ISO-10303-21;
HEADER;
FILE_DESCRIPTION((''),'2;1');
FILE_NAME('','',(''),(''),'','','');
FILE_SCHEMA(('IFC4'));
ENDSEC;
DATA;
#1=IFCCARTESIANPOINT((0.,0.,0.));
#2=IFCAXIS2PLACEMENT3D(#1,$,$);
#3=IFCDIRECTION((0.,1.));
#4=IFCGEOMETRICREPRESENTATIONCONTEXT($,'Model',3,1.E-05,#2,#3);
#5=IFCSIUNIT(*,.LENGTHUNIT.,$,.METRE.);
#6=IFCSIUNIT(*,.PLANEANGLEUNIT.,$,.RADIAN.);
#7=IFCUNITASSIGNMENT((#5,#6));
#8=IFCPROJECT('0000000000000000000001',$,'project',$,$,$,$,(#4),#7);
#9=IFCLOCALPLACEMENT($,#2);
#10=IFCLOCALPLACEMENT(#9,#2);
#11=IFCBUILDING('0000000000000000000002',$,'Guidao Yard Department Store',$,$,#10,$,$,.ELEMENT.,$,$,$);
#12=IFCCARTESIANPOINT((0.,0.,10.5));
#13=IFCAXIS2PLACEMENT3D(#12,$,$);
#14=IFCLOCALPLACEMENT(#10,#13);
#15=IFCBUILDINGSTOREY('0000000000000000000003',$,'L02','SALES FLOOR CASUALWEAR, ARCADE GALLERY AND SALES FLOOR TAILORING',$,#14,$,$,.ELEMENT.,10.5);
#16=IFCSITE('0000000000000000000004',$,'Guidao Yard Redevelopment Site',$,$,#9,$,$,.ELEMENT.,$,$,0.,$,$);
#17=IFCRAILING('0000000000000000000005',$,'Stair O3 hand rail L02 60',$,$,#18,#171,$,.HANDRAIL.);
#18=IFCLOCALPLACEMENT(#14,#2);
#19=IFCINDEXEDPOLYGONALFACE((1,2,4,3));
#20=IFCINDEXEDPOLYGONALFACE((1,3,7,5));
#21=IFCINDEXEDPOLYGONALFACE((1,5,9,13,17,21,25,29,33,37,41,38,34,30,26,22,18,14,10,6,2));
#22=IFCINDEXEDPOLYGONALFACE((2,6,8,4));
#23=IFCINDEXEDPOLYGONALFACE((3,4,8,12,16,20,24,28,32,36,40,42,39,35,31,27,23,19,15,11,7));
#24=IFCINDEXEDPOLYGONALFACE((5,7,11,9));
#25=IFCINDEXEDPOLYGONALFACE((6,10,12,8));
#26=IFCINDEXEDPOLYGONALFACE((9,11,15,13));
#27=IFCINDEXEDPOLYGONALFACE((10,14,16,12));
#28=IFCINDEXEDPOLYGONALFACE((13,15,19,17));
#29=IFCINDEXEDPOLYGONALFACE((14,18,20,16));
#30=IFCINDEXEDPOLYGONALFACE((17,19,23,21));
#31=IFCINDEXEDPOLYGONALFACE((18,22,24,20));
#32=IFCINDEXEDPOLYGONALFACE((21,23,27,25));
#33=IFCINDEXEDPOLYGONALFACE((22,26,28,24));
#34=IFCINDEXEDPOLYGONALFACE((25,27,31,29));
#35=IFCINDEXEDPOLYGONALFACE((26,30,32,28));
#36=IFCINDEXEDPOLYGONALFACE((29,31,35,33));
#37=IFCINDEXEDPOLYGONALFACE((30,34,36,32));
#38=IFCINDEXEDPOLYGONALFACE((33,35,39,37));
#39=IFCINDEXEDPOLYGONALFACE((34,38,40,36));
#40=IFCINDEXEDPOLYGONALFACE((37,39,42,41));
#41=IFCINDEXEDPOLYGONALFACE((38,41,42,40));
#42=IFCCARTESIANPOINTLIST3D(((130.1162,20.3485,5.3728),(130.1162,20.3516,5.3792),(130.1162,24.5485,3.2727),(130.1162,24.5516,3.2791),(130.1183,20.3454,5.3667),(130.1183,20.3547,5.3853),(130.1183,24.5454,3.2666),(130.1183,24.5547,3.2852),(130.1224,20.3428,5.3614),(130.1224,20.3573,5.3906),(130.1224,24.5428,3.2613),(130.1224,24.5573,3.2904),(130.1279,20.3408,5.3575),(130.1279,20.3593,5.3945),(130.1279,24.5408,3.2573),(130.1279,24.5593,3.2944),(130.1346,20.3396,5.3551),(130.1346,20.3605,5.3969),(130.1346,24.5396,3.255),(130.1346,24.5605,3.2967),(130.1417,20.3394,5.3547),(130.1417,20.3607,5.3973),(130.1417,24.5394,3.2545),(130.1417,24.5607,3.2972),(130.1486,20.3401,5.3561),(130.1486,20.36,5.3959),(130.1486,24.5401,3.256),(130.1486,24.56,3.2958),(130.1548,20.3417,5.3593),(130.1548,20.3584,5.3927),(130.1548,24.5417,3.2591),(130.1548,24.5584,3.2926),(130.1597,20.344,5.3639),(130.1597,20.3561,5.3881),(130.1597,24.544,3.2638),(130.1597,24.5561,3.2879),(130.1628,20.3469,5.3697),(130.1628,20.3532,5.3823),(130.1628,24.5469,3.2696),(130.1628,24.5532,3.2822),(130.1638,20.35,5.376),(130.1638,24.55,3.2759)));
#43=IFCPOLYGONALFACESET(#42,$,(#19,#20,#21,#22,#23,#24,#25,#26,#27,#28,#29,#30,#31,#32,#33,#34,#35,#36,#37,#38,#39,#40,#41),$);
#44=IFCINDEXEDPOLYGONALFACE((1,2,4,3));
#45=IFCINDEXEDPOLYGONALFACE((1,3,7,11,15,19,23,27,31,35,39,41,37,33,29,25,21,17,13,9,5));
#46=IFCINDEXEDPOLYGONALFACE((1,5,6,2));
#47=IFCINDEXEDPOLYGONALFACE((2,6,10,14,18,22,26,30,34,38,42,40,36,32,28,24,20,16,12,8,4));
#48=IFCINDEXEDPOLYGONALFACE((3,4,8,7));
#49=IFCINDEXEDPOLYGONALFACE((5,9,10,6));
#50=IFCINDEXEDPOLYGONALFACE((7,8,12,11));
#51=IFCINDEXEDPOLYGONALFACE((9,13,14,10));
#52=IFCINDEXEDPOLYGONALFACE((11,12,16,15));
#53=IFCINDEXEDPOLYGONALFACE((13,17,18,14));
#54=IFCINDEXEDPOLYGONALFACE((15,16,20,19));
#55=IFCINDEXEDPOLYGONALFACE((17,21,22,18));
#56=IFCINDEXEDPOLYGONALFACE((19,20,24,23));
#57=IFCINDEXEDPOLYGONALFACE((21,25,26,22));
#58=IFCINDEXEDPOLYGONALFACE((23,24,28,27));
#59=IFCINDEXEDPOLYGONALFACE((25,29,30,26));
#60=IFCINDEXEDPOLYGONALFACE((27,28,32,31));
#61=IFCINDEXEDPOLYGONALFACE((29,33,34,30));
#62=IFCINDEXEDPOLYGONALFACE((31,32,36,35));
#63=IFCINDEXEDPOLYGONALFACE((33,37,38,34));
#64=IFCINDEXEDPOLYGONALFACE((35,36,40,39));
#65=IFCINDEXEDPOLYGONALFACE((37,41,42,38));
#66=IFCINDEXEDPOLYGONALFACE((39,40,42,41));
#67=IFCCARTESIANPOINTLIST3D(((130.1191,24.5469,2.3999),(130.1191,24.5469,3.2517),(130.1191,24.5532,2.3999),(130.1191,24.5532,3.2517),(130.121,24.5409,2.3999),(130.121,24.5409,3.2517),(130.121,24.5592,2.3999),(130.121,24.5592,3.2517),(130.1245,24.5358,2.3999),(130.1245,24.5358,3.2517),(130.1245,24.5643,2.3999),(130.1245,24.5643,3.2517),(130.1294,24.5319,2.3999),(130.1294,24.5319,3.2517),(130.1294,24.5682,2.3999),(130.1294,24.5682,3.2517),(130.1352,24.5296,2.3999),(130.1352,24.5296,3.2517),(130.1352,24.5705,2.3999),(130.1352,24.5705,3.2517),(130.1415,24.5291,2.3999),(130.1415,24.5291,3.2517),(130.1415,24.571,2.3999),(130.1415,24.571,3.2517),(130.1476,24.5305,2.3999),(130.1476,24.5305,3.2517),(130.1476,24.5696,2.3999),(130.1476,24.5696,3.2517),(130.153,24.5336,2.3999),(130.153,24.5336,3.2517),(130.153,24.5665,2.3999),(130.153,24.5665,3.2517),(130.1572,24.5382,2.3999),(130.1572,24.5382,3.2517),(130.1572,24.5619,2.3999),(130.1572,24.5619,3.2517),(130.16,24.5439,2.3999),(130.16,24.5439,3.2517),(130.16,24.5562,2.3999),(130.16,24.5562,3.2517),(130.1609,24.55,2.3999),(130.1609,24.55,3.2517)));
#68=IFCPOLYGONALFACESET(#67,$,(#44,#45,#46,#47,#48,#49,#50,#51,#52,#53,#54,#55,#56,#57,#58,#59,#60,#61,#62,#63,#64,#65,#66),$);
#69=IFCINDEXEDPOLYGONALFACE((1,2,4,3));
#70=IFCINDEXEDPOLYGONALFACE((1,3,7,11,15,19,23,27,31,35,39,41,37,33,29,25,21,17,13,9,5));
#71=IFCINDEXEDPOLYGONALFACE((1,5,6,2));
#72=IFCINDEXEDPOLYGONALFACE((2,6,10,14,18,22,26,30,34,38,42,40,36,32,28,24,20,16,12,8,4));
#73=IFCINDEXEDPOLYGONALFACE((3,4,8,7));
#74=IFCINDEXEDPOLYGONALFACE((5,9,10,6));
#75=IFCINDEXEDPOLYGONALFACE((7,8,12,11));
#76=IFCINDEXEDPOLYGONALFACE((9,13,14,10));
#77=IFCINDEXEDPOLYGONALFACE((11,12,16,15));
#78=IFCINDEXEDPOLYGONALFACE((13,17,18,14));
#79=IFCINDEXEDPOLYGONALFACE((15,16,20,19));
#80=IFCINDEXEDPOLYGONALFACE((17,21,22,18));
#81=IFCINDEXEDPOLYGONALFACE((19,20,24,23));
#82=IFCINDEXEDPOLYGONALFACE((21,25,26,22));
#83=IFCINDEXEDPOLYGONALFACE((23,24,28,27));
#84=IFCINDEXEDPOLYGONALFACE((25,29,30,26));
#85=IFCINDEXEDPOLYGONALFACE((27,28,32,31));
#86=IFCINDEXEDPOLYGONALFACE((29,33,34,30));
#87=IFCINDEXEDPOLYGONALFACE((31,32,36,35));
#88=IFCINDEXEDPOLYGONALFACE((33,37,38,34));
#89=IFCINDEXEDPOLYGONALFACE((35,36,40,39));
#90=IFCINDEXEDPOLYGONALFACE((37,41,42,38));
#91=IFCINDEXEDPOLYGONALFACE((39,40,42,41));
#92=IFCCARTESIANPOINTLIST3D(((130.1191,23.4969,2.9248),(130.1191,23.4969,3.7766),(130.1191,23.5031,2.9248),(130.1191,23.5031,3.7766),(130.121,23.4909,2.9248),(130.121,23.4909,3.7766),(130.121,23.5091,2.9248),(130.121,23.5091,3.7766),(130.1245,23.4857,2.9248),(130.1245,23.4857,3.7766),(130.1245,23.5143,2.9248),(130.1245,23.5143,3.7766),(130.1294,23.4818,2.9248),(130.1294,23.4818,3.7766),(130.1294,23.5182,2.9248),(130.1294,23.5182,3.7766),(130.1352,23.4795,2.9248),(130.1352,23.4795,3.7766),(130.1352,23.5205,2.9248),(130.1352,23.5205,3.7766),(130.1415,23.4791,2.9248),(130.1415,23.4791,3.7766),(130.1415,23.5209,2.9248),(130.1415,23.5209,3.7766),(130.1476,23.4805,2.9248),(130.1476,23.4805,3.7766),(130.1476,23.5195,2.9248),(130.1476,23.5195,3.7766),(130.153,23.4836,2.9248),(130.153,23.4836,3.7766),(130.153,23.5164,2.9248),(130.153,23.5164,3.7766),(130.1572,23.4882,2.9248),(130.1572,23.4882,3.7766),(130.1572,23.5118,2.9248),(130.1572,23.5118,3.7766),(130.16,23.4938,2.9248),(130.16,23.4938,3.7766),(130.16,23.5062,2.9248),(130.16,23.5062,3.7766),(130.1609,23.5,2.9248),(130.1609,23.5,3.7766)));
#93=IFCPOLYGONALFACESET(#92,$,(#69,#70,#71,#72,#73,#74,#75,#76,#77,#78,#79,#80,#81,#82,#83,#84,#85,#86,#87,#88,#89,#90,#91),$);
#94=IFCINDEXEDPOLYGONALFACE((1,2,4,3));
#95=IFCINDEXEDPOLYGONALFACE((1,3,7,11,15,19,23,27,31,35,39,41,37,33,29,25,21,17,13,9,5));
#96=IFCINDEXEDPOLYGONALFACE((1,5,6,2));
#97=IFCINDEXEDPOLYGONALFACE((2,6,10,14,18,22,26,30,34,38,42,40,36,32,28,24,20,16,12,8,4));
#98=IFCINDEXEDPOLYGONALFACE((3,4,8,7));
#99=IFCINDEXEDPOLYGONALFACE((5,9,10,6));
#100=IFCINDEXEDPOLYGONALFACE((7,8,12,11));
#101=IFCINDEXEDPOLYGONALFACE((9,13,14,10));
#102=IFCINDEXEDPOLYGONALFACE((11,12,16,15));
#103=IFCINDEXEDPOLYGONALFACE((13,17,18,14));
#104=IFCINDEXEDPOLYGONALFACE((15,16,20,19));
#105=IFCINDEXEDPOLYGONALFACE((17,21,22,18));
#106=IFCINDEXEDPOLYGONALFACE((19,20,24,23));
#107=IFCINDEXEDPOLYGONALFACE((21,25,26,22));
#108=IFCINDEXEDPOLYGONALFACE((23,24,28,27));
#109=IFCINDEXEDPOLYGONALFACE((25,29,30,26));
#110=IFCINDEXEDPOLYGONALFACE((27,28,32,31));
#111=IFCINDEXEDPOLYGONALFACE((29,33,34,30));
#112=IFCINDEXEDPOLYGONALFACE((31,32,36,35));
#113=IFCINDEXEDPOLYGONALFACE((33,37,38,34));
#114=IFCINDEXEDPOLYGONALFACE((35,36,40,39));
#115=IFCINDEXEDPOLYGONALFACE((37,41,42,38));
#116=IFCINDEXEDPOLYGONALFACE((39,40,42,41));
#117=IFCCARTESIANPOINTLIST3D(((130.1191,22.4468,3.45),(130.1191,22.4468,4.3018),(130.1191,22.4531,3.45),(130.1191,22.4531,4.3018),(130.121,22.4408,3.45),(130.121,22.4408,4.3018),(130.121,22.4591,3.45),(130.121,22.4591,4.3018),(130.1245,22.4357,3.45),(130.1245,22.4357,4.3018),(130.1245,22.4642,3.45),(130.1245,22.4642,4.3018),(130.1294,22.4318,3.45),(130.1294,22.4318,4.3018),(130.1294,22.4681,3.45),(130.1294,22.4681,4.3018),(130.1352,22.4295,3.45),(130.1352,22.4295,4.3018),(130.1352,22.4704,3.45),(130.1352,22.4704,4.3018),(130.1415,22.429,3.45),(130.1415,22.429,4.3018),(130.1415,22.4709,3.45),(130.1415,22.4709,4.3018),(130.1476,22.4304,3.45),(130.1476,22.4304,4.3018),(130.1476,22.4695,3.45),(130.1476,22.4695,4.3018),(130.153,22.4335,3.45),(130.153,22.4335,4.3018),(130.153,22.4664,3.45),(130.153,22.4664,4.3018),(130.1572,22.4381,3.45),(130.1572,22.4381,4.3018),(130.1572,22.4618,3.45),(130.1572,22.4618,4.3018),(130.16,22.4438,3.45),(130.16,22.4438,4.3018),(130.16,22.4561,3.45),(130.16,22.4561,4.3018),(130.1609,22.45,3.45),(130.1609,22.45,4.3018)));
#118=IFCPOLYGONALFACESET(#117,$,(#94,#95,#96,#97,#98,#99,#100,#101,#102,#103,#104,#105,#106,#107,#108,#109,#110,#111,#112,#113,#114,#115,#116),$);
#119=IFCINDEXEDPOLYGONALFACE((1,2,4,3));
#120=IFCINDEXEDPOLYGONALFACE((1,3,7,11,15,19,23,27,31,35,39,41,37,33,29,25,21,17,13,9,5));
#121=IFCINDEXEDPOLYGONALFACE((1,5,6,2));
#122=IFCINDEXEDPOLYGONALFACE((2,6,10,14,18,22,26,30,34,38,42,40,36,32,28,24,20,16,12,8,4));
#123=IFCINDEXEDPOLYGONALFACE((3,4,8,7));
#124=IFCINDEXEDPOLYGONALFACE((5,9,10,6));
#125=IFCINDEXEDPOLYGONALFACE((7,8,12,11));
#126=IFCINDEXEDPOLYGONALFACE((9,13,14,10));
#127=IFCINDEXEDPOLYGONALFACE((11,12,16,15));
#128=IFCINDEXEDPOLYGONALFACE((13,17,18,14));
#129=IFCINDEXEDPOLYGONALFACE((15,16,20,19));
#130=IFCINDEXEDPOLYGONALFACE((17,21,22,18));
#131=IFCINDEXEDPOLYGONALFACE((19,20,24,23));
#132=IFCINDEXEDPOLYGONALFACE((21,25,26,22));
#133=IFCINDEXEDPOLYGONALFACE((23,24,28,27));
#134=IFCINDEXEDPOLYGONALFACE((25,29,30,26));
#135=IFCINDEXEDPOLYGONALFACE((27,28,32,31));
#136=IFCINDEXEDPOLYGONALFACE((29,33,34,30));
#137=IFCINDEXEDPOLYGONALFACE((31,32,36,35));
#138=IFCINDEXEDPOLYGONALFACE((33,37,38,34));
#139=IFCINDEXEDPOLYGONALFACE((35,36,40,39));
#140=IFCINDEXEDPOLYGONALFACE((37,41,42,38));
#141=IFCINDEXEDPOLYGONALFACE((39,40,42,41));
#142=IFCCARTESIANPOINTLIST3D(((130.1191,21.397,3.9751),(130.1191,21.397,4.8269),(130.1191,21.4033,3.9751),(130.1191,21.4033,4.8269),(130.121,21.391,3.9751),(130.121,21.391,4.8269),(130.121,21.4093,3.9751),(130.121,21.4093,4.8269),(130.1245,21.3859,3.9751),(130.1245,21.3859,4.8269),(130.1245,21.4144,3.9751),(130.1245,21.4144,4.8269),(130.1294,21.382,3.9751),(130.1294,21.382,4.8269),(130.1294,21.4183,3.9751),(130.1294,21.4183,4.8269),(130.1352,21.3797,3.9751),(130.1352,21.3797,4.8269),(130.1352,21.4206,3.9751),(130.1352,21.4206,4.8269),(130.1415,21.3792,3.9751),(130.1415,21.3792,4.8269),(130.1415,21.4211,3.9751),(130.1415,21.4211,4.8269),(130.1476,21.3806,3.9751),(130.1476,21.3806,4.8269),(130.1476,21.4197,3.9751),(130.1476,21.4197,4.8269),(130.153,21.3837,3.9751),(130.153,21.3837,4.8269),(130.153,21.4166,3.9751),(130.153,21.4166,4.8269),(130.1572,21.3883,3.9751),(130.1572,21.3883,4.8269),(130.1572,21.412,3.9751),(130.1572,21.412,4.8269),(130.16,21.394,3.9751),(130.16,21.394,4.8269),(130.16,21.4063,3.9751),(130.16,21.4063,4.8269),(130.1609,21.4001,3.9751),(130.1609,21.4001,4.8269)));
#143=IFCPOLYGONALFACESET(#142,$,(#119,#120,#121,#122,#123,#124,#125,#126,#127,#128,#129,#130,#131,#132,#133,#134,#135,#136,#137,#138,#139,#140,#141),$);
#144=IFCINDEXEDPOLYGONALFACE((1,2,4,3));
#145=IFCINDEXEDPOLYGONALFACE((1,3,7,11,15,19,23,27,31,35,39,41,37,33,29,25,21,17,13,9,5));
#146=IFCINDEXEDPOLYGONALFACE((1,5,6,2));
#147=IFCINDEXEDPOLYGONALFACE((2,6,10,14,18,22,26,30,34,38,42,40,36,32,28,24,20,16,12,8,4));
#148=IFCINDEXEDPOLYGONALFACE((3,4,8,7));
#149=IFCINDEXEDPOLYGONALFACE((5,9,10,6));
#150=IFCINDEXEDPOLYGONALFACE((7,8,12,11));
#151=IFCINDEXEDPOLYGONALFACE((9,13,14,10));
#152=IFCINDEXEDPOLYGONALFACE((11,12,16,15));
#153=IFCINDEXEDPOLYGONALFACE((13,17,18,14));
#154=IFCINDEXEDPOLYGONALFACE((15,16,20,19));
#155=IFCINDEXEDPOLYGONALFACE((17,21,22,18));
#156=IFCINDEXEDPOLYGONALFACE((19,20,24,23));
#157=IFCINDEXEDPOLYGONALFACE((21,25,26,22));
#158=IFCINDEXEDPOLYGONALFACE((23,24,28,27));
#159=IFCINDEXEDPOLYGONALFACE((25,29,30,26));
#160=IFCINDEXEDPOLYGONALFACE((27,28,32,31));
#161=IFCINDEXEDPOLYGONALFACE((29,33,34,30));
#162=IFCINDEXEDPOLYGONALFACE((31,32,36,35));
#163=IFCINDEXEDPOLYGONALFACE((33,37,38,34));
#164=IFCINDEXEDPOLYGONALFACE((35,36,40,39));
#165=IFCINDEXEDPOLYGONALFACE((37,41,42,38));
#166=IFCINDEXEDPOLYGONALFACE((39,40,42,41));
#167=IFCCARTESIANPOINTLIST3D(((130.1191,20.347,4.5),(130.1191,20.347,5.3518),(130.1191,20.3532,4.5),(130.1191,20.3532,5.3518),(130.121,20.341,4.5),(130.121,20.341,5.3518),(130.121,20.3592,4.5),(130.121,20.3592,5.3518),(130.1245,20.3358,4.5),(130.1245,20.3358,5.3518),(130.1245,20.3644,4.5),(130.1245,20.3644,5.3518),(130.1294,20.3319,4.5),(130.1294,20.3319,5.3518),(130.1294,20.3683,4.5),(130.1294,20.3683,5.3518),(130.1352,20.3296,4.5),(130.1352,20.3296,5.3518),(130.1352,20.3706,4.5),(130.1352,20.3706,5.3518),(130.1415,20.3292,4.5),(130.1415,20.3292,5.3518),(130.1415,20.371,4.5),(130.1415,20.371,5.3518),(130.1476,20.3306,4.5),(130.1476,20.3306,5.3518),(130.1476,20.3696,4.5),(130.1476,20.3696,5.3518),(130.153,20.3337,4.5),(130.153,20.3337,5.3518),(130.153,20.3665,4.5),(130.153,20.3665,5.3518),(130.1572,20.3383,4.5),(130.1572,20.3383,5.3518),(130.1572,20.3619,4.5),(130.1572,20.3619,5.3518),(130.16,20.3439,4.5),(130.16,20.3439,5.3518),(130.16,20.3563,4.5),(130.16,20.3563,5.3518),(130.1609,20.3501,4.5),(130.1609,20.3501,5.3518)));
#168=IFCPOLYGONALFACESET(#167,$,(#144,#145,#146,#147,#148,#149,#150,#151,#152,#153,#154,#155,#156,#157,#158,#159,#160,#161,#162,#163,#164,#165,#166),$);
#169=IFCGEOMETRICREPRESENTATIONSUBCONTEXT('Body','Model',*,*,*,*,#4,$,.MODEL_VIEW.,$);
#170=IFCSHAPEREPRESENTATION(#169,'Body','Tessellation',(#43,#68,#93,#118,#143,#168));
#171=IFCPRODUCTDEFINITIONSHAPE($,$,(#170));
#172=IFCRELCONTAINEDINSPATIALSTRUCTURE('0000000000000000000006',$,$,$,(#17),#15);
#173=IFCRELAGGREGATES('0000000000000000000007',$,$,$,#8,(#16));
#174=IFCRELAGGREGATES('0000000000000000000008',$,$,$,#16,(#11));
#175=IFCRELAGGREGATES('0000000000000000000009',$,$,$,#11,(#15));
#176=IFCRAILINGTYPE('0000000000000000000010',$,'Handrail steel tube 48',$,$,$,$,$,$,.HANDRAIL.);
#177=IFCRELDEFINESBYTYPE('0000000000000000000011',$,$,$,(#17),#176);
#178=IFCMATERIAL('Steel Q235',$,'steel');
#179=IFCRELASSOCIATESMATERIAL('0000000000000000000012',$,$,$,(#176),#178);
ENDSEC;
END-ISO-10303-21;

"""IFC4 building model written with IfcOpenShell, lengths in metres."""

from ifc_helpers import new_model, si_unit, direction, frame, origin, origin_2d, place, context, subcontext, project, spatial, circle, extrude, material, type_object, element, save


model = new_model("IFC4")

# Units and contexts
model_context = context("Model", 3, precision=1e-05, world=origin(), true_north=direction((0.0, 1.0)))
body_context = subcontext(model_context, "Body", "Model", "MODEL_VIEW")
ifc_project = project(units=[si_unit("LENGTHUNIT", "METRE"), si_unit("PLANEANGLEUNIT", "RADIAN")], contexts=[model_context])

# Site, building, storey
site_placement = place(None, origin())
site = spatial("IfcSite", under=ifc_project, at=site_placement, Name="Guidao Yard Redevelopment Site", CompositionType="ELEMENT", RefElevation=0.0)
building_placement = place(site_placement, origin())
building = spatial("IfcBuilding", under=site, at=building_placement, Name="Guidao Yard Department Store", CompositionType="ELEMENT")
storey_placement = place(building_placement, frame((0.0, 0.0, 10.5)))
storey = spatial("IfcBuildingStorey", under=building, at=storey_placement, Name="L02", Description="SALES FLOOR CASUALWEAR, ARCADE GALLERY AND SALES FLOOR TAILORING", CompositionType="ELEMENT", Elevation=10.5)

# Railing
ifc_material_1 = material(Name="Steel Q235", Category="steel")
railing_type_1 = type_object("IfcRailingType", Name="Handrail steel tube 48", PredefinedType="HANDRAIL", material=ifc_material_1)
for number, where, name in (
    (1, (130.1399, 24.55, 2.3999), "Stair O3 hand rail L02 60"),
):
    element("IfcRailing", number, at=place(storey_placement, frame(where)), inside=storey, type_object=railing_type_1, Name=name, PredefinedType="HANDRAIL", context=body_context, shape_type="SweptSolid", body=[
        extrude(circle(Radius=0.0239, at=origin_2d()), frame((0.0, 0.0, 0.876), z_axis=(0.0, -0.894417, 0.447234), x_axis=(1.0, 0.0, 0.0)), (0.0, 0.0, 1.0), 4.6958),
        extrude(circle(Radius=0.021, at=origin_2d()), origin(), (0.0, 0.0, 1.0), 0.8518),
        extrude(circle(Radius=0.021, at=origin_2d()), frame((0.0, -1.05, 0.5249)), (0.0, 0.0, 1.0), 0.8518),
        extrude(circle(Radius=0.021, at=origin_2d()), frame((0.0, -2.1001, 1.05)), (0.0, 0.0, 1.0), 0.8518),
        extrude(circle(Radius=0.021, at=origin_2d()), frame((0.0, -3.1499, 1.5752)), (0.0, 0.0, 1.0), 0.8518),
        extrude(circle(Radius=0.021, at=origin_2d()), frame((0.0, -4.2, 2.1001)), (0.0, 0.0, 1.0), 0.8518),
    ])

save(model, "model.ifc")
